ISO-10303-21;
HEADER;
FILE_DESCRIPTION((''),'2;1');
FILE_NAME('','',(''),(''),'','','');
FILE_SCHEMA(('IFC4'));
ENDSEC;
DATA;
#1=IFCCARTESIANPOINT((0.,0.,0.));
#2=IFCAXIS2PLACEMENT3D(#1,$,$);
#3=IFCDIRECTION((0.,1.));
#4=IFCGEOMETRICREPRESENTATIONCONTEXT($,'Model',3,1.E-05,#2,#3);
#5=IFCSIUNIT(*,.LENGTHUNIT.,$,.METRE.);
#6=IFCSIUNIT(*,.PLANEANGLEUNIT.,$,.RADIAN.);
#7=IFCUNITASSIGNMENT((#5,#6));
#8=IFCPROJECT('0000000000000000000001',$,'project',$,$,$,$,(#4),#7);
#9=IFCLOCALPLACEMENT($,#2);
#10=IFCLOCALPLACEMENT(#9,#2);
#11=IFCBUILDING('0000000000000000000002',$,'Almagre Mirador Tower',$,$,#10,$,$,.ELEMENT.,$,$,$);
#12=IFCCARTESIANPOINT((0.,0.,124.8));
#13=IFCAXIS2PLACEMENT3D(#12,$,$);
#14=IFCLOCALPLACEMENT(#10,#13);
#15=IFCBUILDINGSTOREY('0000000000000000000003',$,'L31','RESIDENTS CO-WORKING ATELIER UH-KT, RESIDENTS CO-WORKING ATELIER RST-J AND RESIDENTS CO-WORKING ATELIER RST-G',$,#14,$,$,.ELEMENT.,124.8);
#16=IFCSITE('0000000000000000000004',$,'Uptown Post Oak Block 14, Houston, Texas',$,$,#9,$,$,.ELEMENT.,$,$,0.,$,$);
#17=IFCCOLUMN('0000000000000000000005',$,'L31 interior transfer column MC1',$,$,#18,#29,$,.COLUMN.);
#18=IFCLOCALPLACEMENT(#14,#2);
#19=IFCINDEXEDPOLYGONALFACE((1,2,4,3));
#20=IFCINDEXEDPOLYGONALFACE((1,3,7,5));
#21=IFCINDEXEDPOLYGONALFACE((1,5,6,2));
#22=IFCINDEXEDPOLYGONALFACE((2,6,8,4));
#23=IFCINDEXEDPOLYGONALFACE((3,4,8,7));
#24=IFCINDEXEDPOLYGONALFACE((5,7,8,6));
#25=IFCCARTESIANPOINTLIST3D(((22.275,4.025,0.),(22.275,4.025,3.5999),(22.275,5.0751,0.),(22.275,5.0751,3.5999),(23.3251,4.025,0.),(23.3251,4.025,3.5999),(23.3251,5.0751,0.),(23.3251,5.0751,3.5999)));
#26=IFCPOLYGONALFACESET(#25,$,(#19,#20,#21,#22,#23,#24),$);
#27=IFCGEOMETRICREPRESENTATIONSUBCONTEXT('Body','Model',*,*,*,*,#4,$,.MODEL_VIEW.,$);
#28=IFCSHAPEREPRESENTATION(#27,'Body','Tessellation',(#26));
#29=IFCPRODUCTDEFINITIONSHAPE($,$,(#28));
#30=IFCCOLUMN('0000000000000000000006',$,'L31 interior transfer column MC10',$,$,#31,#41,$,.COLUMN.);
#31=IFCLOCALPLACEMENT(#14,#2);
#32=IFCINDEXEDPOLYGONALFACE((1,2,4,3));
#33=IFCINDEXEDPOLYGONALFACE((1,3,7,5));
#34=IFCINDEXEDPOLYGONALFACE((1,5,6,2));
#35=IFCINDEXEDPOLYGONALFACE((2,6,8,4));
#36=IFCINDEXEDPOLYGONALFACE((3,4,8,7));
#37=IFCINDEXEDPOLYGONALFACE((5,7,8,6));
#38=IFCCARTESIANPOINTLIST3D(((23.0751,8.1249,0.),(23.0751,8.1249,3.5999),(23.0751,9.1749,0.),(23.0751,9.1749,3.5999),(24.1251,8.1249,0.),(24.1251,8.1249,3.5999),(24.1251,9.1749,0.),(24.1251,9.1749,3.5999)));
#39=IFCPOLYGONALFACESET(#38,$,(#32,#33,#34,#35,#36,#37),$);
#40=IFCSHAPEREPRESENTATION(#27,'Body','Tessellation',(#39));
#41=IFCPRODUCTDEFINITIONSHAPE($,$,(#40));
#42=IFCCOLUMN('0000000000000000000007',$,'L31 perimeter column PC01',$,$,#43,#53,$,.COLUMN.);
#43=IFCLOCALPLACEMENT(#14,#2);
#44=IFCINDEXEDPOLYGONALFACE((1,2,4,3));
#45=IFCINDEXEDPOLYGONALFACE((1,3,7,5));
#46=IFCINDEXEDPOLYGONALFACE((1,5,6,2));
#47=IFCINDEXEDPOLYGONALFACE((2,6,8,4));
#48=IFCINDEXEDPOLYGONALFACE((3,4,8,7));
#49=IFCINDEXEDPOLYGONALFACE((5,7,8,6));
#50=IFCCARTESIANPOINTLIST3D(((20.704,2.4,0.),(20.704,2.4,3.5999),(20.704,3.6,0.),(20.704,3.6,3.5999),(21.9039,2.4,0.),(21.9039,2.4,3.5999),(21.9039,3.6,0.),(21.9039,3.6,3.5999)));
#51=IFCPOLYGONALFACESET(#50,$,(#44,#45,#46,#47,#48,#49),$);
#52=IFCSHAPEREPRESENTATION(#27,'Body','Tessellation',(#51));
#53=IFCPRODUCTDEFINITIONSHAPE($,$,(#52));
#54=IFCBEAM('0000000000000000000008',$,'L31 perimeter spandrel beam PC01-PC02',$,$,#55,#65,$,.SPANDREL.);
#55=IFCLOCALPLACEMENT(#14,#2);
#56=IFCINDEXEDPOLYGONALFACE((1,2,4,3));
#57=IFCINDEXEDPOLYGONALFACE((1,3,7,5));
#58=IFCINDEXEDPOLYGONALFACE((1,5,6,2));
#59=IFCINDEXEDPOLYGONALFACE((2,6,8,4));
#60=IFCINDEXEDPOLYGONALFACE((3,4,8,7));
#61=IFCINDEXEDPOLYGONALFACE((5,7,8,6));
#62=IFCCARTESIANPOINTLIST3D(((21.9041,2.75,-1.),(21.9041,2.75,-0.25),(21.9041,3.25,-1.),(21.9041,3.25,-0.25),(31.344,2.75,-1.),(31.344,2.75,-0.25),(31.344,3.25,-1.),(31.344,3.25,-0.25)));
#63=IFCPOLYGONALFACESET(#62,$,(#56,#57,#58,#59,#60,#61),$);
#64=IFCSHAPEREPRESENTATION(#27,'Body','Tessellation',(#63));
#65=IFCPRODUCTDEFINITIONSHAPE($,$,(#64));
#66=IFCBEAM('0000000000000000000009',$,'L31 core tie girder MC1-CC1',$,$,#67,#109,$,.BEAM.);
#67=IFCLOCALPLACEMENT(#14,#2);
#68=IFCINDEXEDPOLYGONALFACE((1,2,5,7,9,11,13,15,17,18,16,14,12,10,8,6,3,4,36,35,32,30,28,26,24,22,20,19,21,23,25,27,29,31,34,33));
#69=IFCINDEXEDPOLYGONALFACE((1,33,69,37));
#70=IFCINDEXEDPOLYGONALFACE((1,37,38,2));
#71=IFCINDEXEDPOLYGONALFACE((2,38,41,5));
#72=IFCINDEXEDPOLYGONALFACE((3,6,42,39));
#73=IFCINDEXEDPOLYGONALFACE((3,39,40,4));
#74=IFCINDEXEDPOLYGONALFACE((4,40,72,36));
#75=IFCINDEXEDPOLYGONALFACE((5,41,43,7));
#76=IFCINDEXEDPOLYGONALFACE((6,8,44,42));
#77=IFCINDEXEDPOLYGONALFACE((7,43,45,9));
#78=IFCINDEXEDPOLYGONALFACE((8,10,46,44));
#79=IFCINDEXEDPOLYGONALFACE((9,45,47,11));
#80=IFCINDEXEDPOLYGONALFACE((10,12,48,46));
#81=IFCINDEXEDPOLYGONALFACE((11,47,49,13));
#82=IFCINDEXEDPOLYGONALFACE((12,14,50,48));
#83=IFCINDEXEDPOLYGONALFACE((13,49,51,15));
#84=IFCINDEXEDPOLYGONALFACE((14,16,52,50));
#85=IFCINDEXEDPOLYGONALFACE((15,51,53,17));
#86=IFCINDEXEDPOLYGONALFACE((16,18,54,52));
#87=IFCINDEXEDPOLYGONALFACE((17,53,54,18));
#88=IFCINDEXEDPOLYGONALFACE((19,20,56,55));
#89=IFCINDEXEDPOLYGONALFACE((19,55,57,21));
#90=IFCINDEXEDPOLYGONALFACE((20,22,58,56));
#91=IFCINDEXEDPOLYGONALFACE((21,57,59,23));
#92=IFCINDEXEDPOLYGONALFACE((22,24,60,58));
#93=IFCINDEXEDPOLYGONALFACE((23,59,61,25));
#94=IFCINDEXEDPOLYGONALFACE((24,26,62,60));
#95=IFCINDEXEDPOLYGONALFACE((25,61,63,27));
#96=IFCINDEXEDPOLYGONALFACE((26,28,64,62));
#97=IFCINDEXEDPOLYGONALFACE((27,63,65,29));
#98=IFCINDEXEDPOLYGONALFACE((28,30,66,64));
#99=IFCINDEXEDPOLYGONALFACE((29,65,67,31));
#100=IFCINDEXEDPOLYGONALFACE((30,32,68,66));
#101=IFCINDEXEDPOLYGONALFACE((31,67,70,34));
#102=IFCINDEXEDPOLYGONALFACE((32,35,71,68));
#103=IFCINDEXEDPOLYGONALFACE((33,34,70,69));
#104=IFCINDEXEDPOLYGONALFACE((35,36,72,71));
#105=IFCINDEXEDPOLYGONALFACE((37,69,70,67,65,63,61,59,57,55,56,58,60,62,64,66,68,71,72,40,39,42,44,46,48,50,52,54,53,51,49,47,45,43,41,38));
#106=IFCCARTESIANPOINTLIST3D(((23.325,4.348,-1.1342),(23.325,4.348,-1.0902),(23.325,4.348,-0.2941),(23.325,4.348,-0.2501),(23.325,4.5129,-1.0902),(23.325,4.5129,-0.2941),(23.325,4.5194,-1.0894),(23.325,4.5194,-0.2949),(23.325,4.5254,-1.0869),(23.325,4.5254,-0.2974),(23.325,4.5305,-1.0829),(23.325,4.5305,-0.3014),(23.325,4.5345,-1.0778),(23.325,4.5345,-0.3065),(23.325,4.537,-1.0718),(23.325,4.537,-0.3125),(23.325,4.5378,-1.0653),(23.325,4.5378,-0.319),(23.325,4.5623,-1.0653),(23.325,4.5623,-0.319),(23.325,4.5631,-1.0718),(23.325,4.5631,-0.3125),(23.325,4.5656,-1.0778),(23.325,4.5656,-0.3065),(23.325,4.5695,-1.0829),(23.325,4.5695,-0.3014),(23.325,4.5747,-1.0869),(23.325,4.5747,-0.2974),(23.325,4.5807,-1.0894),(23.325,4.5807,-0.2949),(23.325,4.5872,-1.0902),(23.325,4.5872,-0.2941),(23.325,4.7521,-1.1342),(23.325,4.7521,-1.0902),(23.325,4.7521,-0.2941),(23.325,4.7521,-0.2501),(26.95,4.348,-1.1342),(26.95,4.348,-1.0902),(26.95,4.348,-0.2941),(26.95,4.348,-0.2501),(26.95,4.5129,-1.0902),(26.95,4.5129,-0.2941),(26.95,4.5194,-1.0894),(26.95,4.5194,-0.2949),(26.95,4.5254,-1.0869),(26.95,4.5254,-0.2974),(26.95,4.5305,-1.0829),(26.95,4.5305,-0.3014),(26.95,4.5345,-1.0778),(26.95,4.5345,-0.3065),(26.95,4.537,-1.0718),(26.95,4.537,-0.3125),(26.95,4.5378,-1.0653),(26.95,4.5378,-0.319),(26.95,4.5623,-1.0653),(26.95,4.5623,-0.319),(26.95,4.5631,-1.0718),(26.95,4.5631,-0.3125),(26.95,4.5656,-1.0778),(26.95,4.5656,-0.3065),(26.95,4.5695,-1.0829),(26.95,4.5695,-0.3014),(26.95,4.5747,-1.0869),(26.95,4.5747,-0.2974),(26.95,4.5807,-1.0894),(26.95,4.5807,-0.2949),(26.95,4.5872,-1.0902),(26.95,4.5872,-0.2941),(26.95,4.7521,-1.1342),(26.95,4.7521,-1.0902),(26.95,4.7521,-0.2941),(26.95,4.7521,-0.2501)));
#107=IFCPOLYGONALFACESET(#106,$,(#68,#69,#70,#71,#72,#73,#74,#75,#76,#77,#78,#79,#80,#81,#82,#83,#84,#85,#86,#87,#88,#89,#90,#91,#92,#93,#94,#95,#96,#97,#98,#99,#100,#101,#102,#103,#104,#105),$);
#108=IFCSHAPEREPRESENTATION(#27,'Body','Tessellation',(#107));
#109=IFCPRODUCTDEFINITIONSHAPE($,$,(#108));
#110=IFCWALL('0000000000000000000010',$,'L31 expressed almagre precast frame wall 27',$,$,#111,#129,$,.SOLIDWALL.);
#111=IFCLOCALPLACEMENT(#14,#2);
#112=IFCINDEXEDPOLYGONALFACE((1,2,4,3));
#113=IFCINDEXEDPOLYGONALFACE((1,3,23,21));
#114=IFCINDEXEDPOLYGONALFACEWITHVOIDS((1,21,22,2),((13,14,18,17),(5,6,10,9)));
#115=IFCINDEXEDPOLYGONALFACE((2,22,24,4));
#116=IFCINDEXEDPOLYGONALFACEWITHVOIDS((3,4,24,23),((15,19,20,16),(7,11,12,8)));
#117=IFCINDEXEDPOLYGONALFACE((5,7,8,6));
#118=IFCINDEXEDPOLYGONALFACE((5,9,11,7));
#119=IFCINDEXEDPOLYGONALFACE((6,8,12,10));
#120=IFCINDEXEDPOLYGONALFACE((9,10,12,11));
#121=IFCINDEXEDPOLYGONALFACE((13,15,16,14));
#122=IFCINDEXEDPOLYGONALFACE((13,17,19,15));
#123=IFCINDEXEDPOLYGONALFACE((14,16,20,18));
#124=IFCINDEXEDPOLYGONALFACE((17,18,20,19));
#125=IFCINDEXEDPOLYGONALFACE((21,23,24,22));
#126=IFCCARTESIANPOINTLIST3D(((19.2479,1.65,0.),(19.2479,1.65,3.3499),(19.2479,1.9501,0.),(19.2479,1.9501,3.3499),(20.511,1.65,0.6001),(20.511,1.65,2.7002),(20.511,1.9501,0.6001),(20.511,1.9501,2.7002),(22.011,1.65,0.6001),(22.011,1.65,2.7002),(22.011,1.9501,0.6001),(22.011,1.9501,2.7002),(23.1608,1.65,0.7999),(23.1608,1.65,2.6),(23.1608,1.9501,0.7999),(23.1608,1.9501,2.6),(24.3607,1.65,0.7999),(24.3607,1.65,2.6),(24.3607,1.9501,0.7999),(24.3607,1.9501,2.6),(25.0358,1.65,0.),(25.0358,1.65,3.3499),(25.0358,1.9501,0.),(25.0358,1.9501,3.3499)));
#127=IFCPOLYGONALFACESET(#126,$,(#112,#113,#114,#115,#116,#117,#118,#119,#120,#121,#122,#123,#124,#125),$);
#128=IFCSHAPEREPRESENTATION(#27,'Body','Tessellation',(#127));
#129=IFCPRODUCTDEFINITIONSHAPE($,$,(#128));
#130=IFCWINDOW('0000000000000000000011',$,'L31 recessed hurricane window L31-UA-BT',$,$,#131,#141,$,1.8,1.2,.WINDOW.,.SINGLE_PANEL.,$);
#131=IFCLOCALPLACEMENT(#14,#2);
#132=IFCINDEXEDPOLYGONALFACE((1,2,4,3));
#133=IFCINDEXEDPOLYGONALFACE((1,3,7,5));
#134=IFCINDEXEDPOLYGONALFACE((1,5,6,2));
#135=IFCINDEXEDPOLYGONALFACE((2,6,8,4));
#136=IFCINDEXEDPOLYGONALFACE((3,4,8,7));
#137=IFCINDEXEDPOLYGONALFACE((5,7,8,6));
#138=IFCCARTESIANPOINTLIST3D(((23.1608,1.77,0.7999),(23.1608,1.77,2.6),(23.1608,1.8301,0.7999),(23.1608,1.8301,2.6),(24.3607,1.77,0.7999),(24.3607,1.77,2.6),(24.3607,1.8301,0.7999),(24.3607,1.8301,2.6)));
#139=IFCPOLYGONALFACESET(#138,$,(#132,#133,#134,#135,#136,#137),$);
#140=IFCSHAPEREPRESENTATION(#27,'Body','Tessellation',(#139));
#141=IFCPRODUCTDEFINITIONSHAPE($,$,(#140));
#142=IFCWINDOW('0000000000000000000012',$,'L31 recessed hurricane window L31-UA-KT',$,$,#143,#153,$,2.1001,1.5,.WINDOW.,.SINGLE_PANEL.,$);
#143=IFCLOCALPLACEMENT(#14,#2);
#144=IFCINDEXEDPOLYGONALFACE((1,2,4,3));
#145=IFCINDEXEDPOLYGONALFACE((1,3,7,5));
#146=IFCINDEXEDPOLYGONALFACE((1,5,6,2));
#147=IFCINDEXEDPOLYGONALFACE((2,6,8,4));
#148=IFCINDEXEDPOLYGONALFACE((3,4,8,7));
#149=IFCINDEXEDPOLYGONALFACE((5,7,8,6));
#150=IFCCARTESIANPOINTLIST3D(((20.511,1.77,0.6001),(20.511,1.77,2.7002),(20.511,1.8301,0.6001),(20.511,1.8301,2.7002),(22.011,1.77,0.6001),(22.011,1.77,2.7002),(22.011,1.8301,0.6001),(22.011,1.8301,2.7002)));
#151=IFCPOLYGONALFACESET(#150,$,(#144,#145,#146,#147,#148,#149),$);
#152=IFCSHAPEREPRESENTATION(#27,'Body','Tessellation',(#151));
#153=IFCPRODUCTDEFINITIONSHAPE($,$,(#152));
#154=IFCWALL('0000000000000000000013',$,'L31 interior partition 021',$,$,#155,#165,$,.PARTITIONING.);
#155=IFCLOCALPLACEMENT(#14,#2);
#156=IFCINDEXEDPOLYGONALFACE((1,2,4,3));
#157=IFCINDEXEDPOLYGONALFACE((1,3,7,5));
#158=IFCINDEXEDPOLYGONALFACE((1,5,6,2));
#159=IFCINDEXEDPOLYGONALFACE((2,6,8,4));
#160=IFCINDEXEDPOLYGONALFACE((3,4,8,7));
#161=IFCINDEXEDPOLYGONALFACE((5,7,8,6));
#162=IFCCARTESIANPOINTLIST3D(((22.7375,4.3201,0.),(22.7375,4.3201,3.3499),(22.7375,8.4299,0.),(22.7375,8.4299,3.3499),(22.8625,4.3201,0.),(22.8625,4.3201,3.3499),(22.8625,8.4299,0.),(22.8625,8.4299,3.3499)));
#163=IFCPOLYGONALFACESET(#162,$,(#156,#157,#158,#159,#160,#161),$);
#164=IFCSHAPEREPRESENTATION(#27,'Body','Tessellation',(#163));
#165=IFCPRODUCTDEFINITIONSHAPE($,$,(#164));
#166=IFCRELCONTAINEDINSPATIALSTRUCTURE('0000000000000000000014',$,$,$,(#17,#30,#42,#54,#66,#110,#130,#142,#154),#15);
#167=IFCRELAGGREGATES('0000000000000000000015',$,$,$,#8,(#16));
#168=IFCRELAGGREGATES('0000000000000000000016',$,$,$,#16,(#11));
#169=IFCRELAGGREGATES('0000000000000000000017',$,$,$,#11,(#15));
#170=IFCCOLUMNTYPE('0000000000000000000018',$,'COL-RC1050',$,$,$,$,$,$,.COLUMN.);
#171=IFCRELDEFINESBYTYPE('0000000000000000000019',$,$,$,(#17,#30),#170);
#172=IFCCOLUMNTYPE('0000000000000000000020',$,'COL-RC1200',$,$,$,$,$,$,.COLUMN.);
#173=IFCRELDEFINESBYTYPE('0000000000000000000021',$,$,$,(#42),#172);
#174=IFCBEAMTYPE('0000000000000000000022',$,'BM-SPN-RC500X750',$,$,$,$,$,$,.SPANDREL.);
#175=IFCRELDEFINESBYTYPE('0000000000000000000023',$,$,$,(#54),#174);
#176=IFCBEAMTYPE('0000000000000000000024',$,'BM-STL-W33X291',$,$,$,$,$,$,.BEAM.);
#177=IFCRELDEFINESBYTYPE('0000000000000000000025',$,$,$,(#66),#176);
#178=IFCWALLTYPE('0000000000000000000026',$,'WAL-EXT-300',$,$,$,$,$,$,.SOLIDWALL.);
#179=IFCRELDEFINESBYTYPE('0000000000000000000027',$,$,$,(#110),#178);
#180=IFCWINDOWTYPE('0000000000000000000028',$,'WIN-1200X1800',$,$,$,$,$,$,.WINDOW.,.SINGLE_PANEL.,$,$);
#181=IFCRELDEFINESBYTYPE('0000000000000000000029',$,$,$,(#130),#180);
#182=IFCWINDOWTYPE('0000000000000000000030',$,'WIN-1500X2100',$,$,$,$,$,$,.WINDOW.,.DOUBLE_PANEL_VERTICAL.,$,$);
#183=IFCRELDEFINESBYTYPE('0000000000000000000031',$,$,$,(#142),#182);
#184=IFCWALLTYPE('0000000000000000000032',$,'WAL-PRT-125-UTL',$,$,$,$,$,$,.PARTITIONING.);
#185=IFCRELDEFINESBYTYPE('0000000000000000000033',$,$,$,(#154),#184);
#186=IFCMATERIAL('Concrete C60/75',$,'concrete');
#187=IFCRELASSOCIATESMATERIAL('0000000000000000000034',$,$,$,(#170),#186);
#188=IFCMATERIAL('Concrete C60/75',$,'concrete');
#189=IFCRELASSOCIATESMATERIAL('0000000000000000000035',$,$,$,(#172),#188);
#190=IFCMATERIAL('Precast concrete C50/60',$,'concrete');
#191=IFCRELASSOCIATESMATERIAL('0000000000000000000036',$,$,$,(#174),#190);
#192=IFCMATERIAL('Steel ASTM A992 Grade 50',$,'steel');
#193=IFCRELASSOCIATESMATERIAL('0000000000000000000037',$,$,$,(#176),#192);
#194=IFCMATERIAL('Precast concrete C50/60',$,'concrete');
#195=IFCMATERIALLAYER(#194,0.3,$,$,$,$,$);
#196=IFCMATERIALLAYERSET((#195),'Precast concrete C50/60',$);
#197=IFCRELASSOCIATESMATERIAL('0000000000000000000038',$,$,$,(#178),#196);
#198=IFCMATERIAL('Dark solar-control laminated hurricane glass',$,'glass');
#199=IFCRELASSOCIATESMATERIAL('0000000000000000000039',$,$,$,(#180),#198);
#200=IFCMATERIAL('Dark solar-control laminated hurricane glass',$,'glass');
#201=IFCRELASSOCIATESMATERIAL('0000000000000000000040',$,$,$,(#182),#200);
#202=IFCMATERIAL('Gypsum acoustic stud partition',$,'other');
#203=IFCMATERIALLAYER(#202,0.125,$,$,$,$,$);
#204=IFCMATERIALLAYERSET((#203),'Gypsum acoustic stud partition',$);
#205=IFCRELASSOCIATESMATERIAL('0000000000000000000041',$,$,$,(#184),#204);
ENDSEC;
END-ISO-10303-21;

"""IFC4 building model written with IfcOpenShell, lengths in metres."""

from ifc_helpers import new_model, si_unit, direction, frame, frame_2d, origin, origin_2d, place, context, subcontext, project, spatial, rectangle, i_section, extrude, material, layer, layer_set, material_profile, profile_set, type_object, element, fill, save


model = new_model("IFC4")

# Units and contexts
model_context = context("Model", 3, precision=1e-05, world=origin(), true_north=direction((0.0, 1.0)))
body_context = subcontext(model_context, "Body", "Model", "MODEL_VIEW")
ifc_project = project(units=[si_unit("LENGTHUNIT", "METRE"), si_unit("PLANEANGLEUNIT", "RADIAN")], contexts=[model_context])

# Site, building, storey
site_placement = place(None, origin())
site = spatial("IfcSite", under=ifc_project, at=site_placement, Name="Uptown Post Oak Block 14, Houston, Texas", CompositionType="ELEMENT", RefElevation=0.0)
building_placement = place(site_placement, origin())
building = spatial("IfcBuilding", under=site, at=building_placement, Name="Almagre Mirador Tower", CompositionType="ELEMENT")
storey_placement = place(building_placement, frame((0.0, 0.0, 124.8)))
storey = spatial("IfcBuildingStorey", under=building, at=storey_placement, Name="L31", Description="RESIDENTS CO-WORKING ATELIER UH-KT, RESIDENTS CO-WORKING ATELIER RST-J AND RESIDENTS CO-WORKING ATELIER RST-G", CompositionType="ELEMENT", Elevation=124.8)

# Columns
ifc_material_1 = material(Name="Concrete C60/75", Category="concrete")
ifc_material_profile_1 = material_profile(ifc_material_1, rectangle(XDim=1.05, YDim=1.05, at=origin_2d()), Name="RC1050X1050")
ifc_profile_set_1 = profile_set([ifc_material_profile_1], Name="Concrete C60/75")
column_type_1 = type_object("IfcColumnType", Name="COL-RC1050", PredefinedType="COLUMN", material=ifc_profile_set_1)
for number, where, z_axis, x_axis, name in (
    (1, (22.8, 4.55, 0.0), (0.0, 0.0, 1.0), (1.0, 0.0, 0.0), "L31 interior transfer column MC1"),
    (2, (23.6001, 8.6499, 0.0), (0.0, 0.0, 1.0), (1.0, 0.0, 0.0), "L31 interior transfer column MC10"),
):
    element("IfcColumn", number, at=place(storey_placement, frame(where, z_axis=z_axis, x_axis=x_axis)), inside=storey, type_object=column_type_1, Name=name, PredefinedType="COLUMN", context=body_context, shape_type="SweptSolid", body=[
        extrude(rectangle(XDim=1.05, YDim=1.05, at=origin_2d()), origin(), (0.0, 0.0, 1.0), 3.5999),
    ])
ifc_material_2 = material(Name="Concrete C60/75", Category="concrete")
ifc_material_profile_2 = material_profile(ifc_material_2, rectangle(XDim=1.2, YDim=1.2, at=origin_2d()), Name="RC1200X1200")
ifc_profile_set_2 = profile_set([ifc_material_profile_2], Name="Concrete C60/75")
column_type_2 = type_object("IfcColumnType", Name="COL-RC1200", PredefinedType="COLUMN", material=ifc_profile_set_2)
column_placement = place(storey_placement, frame((21.304, 3.0, 0.0), z_axis=(0.0, 0.0, 1.0), x_axis=(1.0, 0.0, 0.0)))
element("IfcColumn", 3, at=column_placement, inside=storey, type_object=column_type_2, Name="L31 perimeter column PC01", PredefinedType="COLUMN", context=body_context, shape_type="SweptSolid", body=[
    extrude(rectangle(XDim=1.2, YDim=1.2, at=origin_2d()), origin(), (0.0, 0.0, 1.0), 3.5999),
])

# Beams
ifc_material_3 = material(Name="Precast concrete C50/60", Category="concrete")
ifc_material_profile_3 = material_profile(ifc_material_3, rectangle(XDim=0.5, YDim=0.75, at=origin_2d()), Name="RC500X750")
ifc_profile_set_3 = profile_set([ifc_material_profile_3], Name="Precast concrete C50/60")
beam_type_1 = type_object("IfcBeamType", Name="BM-SPN-RC500X750", PredefinedType="SPANDREL", material=ifc_profile_set_3)
beam_1_placement = place(storey_placement, frame((21.9041, 3.0, -0.625), z_axis=(1.0, 0.0, 0.0), x_axis=(0.0, 1.0, 0.0)))
element("IfcBeam", 4, at=beam_1_placement, inside=storey, type_object=beam_type_1, Name="L31 perimeter spandrel beam PC01-PC02", PredefinedType="SPANDREL", context=body_context, shape_type="SweptSolid", body=[
    extrude(rectangle(XDim=0.5, YDim=0.75, at=origin_2d()), origin(), (0.0, 0.0, 1.0), 9.4399),
])
ifc_material_4 = material(Name="Steel ASTM A992 Grade 50", Category="steel")
ifc_material_profile_4 = material_profile(ifc_material_4, i_section(OverallWidth=0.4041, OverallDepth=0.884, WebThickness=0.0244, FlangeThickness=0.0439, FilletRadius=0.0249, at=origin_2d()), Name="W33X291")
ifc_profile_set_4 = profile_set([ifc_material_profile_4], Name="Steel ASTM A992 Grade 50")
beam_type_2 = type_object("IfcBeamType", Name="BM-STL-W33X291", PredefinedType="BEAM", material=ifc_profile_set_4)
beam_2_placement = place(storey_placement, frame((23.325, 4.55, -0.6921), z_axis=(1.0, 0.0, 0.0), x_axis=(0.0, 1.0, 0.0)))
element("IfcBeam", 5, at=beam_2_placement, inside=storey, type_object=beam_type_2, Name="L31 core tie girder MC1-CC1", PredefinedType="BEAM", context=body_context, shape_type="SweptSolid", body=[
    extrude(i_section(OverallWidth=0.4041, OverallDepth=0.884, WebThickness=0.0244, FlangeThickness=0.0439, FilletRadius=0.0249, at=origin_2d()), origin(), (0.0, 0.0, 1.0), 3.625),
])

# Wall, openings, windows
ifc_material_5 = material(Name="Precast concrete C50/60", Category="concrete")
ifc_layer_1 = layer(ifc_material_5, 0.3)
ifc_layer_set_1 = layer_set([ifc_layer_1], Name="Precast concrete C50/60")
wall_type_1 = type_object("IfcWallType", Name="WAL-EXT-300", PredefinedType="SOLIDWALL", material=ifc_layer_set_1)
wall_1_placement = place(storey_placement, frame((25.0359, 1.8, 0.0), z_axis=(0.0, 0.0, 1.0), x_axis=(-1.0, 0.0, 0.0)))
wall_1 = element("IfcWall", 6, at=wall_1_placement, inside=storey, type_object=wall_type_1, Name="L31 expressed almagre precast frame wall 27", PredefinedType="SOLIDWALL", context=body_context, shape_type="SweptSolid", body=[
    extrude(rectangle(XDim=5.7878, YDim=0.3, at=frame_2d((2.894, 0.0))), origin(), (0.0, 0.0, 1.0), 3.3499),
])
opening_1_placement = place(wall_1_placement, frame((3.0249, 0.0, 0.6001)))
opening_1 = element("IfcOpeningElement", 7, at=opening_1_placement, cuts=wall_1, PredefinedType="OPENING", context=body_context, shape_type="SweptSolid", body=[
    extrude(rectangle(XDim=1.5, YDim=2.1001, at=frame_2d((0.75, 1.05))), frame((0.0, 0.1599, 0.0), z_axis=(0.0, -1.0, 0.0), x_axis=(1.0, 0.0, 0.0)), (0.0, 0.0, 1.0), 0.32),
])
opening_2_placement = place(wall_1_placement, frame((0.675, 0.0, 0.8)))
opening_2 = element("IfcOpeningElement", 8, at=opening_2_placement, cuts=wall_1, PredefinedType="OPENING", context=body_context, shape_type="SweptSolid", body=[
    extrude(rectangle(XDim=1.2, YDim=1.8, at=frame_2d((0.6001, 0.8999))), frame((0.0, 0.1599, 0.0), z_axis=(0.0, -1.0, 0.0), x_axis=(1.0, 0.0, 0.0)), (0.0, 0.0, 1.0), 0.32),
])
ifc_material_6 = material(Name="Dark solar-control laminated hurricane glass", Category="glass")
window_type_1 = type_object("IfcWindowType", Name="WIN-1200X1800", PartitioningType="SINGLE_PANEL", PredefinedType="WINDOW", material=ifc_material_6)
window_1_placement = place(opening_2_placement, origin())
window_1 = element("IfcWindow", 9, at=window_1_placement, inside=storey, type_object=window_type_1, Name="L31 recessed hurricane window L31-UA-BT", OverallHeight=1.8, OverallWidth=1.2, PartitioningType="SINGLE_PANEL", PredefinedType="WINDOW", context=body_context, shape_type="SweptSolid", body=[
    extrude(rectangle(XDim=1.2, YDim=1.8, at=frame_2d((0.6001, 0.8999))), frame((0.0, 0.03, 0.0), z_axis=(0.0, -1.0, 0.0), x_axis=(1.0, 0.0, 0.0)), (0.0, 0.0, 1.0), 0.0601),
])
fill(opening_2, window_1)
ifc_material_7 = material(Name="Dark solar-control laminated hurricane glass", Category="glass")
window_type_2 = type_object("IfcWindowType", Name="WIN-1500X2100", PartitioningType="DOUBLE_PANEL_VERTICAL", PredefinedType="WINDOW", material=ifc_material_7)
window_2_placement = place(opening_1_placement, origin())
window_2 = element("IfcWindow", 10, at=window_2_placement, inside=storey, type_object=window_type_2, Name="L31 recessed hurricane window L31-UA-KT", OverallHeight=2.1001, OverallWidth=1.5, PartitioningType="SINGLE_PANEL", PredefinedType="WINDOW", context=body_context, shape_type="SweptSolid", body=[
    extrude(rectangle(XDim=1.5, YDim=2.1001, at=frame_2d((0.75, 1.05))), frame((0.0, 0.03, 0.0), z_axis=(0.0, -1.0, 0.0), x_axis=(1.0, 0.0, 0.0)), (0.0, 0.0, 1.0), 0.0601),
])
fill(opening_1, window_2)

# Wall
ifc_material_8 = material(Name="Gypsum acoustic stud partition", Category="other")
ifc_layer_2 = layer(ifc_material_8, 0.125)
ifc_layer_set_2 = layer_set([ifc_layer_2], Name="Gypsum acoustic stud partition")
wall_type_2 = type_object("IfcWallType", Name="WAL-PRT-125-UTL", PredefinedType="PARTITIONING", material=ifc_layer_set_2)
wall_2_placement = place(storey_placement, frame((22.8, 8.4299, 0.0), z_axis=(0.0, 0.0, 1.0), x_axis=(0.0, -1.0, 0.0)))
element("IfcWall", 11, at=wall_2_placement, inside=storey, type_object=wall_type_2, Name="L31 interior partition 021", PredefinedType="PARTITIONING", context=body_context, shape_type="SweptSolid", body=[
    extrude(rectangle(XDim=4.1099, YDim=0.125, at=frame_2d((2.0549, 0.0))), origin(), (0.0, 0.0, 1.0), 3.3499),
])

save(model, "model.ifc")
